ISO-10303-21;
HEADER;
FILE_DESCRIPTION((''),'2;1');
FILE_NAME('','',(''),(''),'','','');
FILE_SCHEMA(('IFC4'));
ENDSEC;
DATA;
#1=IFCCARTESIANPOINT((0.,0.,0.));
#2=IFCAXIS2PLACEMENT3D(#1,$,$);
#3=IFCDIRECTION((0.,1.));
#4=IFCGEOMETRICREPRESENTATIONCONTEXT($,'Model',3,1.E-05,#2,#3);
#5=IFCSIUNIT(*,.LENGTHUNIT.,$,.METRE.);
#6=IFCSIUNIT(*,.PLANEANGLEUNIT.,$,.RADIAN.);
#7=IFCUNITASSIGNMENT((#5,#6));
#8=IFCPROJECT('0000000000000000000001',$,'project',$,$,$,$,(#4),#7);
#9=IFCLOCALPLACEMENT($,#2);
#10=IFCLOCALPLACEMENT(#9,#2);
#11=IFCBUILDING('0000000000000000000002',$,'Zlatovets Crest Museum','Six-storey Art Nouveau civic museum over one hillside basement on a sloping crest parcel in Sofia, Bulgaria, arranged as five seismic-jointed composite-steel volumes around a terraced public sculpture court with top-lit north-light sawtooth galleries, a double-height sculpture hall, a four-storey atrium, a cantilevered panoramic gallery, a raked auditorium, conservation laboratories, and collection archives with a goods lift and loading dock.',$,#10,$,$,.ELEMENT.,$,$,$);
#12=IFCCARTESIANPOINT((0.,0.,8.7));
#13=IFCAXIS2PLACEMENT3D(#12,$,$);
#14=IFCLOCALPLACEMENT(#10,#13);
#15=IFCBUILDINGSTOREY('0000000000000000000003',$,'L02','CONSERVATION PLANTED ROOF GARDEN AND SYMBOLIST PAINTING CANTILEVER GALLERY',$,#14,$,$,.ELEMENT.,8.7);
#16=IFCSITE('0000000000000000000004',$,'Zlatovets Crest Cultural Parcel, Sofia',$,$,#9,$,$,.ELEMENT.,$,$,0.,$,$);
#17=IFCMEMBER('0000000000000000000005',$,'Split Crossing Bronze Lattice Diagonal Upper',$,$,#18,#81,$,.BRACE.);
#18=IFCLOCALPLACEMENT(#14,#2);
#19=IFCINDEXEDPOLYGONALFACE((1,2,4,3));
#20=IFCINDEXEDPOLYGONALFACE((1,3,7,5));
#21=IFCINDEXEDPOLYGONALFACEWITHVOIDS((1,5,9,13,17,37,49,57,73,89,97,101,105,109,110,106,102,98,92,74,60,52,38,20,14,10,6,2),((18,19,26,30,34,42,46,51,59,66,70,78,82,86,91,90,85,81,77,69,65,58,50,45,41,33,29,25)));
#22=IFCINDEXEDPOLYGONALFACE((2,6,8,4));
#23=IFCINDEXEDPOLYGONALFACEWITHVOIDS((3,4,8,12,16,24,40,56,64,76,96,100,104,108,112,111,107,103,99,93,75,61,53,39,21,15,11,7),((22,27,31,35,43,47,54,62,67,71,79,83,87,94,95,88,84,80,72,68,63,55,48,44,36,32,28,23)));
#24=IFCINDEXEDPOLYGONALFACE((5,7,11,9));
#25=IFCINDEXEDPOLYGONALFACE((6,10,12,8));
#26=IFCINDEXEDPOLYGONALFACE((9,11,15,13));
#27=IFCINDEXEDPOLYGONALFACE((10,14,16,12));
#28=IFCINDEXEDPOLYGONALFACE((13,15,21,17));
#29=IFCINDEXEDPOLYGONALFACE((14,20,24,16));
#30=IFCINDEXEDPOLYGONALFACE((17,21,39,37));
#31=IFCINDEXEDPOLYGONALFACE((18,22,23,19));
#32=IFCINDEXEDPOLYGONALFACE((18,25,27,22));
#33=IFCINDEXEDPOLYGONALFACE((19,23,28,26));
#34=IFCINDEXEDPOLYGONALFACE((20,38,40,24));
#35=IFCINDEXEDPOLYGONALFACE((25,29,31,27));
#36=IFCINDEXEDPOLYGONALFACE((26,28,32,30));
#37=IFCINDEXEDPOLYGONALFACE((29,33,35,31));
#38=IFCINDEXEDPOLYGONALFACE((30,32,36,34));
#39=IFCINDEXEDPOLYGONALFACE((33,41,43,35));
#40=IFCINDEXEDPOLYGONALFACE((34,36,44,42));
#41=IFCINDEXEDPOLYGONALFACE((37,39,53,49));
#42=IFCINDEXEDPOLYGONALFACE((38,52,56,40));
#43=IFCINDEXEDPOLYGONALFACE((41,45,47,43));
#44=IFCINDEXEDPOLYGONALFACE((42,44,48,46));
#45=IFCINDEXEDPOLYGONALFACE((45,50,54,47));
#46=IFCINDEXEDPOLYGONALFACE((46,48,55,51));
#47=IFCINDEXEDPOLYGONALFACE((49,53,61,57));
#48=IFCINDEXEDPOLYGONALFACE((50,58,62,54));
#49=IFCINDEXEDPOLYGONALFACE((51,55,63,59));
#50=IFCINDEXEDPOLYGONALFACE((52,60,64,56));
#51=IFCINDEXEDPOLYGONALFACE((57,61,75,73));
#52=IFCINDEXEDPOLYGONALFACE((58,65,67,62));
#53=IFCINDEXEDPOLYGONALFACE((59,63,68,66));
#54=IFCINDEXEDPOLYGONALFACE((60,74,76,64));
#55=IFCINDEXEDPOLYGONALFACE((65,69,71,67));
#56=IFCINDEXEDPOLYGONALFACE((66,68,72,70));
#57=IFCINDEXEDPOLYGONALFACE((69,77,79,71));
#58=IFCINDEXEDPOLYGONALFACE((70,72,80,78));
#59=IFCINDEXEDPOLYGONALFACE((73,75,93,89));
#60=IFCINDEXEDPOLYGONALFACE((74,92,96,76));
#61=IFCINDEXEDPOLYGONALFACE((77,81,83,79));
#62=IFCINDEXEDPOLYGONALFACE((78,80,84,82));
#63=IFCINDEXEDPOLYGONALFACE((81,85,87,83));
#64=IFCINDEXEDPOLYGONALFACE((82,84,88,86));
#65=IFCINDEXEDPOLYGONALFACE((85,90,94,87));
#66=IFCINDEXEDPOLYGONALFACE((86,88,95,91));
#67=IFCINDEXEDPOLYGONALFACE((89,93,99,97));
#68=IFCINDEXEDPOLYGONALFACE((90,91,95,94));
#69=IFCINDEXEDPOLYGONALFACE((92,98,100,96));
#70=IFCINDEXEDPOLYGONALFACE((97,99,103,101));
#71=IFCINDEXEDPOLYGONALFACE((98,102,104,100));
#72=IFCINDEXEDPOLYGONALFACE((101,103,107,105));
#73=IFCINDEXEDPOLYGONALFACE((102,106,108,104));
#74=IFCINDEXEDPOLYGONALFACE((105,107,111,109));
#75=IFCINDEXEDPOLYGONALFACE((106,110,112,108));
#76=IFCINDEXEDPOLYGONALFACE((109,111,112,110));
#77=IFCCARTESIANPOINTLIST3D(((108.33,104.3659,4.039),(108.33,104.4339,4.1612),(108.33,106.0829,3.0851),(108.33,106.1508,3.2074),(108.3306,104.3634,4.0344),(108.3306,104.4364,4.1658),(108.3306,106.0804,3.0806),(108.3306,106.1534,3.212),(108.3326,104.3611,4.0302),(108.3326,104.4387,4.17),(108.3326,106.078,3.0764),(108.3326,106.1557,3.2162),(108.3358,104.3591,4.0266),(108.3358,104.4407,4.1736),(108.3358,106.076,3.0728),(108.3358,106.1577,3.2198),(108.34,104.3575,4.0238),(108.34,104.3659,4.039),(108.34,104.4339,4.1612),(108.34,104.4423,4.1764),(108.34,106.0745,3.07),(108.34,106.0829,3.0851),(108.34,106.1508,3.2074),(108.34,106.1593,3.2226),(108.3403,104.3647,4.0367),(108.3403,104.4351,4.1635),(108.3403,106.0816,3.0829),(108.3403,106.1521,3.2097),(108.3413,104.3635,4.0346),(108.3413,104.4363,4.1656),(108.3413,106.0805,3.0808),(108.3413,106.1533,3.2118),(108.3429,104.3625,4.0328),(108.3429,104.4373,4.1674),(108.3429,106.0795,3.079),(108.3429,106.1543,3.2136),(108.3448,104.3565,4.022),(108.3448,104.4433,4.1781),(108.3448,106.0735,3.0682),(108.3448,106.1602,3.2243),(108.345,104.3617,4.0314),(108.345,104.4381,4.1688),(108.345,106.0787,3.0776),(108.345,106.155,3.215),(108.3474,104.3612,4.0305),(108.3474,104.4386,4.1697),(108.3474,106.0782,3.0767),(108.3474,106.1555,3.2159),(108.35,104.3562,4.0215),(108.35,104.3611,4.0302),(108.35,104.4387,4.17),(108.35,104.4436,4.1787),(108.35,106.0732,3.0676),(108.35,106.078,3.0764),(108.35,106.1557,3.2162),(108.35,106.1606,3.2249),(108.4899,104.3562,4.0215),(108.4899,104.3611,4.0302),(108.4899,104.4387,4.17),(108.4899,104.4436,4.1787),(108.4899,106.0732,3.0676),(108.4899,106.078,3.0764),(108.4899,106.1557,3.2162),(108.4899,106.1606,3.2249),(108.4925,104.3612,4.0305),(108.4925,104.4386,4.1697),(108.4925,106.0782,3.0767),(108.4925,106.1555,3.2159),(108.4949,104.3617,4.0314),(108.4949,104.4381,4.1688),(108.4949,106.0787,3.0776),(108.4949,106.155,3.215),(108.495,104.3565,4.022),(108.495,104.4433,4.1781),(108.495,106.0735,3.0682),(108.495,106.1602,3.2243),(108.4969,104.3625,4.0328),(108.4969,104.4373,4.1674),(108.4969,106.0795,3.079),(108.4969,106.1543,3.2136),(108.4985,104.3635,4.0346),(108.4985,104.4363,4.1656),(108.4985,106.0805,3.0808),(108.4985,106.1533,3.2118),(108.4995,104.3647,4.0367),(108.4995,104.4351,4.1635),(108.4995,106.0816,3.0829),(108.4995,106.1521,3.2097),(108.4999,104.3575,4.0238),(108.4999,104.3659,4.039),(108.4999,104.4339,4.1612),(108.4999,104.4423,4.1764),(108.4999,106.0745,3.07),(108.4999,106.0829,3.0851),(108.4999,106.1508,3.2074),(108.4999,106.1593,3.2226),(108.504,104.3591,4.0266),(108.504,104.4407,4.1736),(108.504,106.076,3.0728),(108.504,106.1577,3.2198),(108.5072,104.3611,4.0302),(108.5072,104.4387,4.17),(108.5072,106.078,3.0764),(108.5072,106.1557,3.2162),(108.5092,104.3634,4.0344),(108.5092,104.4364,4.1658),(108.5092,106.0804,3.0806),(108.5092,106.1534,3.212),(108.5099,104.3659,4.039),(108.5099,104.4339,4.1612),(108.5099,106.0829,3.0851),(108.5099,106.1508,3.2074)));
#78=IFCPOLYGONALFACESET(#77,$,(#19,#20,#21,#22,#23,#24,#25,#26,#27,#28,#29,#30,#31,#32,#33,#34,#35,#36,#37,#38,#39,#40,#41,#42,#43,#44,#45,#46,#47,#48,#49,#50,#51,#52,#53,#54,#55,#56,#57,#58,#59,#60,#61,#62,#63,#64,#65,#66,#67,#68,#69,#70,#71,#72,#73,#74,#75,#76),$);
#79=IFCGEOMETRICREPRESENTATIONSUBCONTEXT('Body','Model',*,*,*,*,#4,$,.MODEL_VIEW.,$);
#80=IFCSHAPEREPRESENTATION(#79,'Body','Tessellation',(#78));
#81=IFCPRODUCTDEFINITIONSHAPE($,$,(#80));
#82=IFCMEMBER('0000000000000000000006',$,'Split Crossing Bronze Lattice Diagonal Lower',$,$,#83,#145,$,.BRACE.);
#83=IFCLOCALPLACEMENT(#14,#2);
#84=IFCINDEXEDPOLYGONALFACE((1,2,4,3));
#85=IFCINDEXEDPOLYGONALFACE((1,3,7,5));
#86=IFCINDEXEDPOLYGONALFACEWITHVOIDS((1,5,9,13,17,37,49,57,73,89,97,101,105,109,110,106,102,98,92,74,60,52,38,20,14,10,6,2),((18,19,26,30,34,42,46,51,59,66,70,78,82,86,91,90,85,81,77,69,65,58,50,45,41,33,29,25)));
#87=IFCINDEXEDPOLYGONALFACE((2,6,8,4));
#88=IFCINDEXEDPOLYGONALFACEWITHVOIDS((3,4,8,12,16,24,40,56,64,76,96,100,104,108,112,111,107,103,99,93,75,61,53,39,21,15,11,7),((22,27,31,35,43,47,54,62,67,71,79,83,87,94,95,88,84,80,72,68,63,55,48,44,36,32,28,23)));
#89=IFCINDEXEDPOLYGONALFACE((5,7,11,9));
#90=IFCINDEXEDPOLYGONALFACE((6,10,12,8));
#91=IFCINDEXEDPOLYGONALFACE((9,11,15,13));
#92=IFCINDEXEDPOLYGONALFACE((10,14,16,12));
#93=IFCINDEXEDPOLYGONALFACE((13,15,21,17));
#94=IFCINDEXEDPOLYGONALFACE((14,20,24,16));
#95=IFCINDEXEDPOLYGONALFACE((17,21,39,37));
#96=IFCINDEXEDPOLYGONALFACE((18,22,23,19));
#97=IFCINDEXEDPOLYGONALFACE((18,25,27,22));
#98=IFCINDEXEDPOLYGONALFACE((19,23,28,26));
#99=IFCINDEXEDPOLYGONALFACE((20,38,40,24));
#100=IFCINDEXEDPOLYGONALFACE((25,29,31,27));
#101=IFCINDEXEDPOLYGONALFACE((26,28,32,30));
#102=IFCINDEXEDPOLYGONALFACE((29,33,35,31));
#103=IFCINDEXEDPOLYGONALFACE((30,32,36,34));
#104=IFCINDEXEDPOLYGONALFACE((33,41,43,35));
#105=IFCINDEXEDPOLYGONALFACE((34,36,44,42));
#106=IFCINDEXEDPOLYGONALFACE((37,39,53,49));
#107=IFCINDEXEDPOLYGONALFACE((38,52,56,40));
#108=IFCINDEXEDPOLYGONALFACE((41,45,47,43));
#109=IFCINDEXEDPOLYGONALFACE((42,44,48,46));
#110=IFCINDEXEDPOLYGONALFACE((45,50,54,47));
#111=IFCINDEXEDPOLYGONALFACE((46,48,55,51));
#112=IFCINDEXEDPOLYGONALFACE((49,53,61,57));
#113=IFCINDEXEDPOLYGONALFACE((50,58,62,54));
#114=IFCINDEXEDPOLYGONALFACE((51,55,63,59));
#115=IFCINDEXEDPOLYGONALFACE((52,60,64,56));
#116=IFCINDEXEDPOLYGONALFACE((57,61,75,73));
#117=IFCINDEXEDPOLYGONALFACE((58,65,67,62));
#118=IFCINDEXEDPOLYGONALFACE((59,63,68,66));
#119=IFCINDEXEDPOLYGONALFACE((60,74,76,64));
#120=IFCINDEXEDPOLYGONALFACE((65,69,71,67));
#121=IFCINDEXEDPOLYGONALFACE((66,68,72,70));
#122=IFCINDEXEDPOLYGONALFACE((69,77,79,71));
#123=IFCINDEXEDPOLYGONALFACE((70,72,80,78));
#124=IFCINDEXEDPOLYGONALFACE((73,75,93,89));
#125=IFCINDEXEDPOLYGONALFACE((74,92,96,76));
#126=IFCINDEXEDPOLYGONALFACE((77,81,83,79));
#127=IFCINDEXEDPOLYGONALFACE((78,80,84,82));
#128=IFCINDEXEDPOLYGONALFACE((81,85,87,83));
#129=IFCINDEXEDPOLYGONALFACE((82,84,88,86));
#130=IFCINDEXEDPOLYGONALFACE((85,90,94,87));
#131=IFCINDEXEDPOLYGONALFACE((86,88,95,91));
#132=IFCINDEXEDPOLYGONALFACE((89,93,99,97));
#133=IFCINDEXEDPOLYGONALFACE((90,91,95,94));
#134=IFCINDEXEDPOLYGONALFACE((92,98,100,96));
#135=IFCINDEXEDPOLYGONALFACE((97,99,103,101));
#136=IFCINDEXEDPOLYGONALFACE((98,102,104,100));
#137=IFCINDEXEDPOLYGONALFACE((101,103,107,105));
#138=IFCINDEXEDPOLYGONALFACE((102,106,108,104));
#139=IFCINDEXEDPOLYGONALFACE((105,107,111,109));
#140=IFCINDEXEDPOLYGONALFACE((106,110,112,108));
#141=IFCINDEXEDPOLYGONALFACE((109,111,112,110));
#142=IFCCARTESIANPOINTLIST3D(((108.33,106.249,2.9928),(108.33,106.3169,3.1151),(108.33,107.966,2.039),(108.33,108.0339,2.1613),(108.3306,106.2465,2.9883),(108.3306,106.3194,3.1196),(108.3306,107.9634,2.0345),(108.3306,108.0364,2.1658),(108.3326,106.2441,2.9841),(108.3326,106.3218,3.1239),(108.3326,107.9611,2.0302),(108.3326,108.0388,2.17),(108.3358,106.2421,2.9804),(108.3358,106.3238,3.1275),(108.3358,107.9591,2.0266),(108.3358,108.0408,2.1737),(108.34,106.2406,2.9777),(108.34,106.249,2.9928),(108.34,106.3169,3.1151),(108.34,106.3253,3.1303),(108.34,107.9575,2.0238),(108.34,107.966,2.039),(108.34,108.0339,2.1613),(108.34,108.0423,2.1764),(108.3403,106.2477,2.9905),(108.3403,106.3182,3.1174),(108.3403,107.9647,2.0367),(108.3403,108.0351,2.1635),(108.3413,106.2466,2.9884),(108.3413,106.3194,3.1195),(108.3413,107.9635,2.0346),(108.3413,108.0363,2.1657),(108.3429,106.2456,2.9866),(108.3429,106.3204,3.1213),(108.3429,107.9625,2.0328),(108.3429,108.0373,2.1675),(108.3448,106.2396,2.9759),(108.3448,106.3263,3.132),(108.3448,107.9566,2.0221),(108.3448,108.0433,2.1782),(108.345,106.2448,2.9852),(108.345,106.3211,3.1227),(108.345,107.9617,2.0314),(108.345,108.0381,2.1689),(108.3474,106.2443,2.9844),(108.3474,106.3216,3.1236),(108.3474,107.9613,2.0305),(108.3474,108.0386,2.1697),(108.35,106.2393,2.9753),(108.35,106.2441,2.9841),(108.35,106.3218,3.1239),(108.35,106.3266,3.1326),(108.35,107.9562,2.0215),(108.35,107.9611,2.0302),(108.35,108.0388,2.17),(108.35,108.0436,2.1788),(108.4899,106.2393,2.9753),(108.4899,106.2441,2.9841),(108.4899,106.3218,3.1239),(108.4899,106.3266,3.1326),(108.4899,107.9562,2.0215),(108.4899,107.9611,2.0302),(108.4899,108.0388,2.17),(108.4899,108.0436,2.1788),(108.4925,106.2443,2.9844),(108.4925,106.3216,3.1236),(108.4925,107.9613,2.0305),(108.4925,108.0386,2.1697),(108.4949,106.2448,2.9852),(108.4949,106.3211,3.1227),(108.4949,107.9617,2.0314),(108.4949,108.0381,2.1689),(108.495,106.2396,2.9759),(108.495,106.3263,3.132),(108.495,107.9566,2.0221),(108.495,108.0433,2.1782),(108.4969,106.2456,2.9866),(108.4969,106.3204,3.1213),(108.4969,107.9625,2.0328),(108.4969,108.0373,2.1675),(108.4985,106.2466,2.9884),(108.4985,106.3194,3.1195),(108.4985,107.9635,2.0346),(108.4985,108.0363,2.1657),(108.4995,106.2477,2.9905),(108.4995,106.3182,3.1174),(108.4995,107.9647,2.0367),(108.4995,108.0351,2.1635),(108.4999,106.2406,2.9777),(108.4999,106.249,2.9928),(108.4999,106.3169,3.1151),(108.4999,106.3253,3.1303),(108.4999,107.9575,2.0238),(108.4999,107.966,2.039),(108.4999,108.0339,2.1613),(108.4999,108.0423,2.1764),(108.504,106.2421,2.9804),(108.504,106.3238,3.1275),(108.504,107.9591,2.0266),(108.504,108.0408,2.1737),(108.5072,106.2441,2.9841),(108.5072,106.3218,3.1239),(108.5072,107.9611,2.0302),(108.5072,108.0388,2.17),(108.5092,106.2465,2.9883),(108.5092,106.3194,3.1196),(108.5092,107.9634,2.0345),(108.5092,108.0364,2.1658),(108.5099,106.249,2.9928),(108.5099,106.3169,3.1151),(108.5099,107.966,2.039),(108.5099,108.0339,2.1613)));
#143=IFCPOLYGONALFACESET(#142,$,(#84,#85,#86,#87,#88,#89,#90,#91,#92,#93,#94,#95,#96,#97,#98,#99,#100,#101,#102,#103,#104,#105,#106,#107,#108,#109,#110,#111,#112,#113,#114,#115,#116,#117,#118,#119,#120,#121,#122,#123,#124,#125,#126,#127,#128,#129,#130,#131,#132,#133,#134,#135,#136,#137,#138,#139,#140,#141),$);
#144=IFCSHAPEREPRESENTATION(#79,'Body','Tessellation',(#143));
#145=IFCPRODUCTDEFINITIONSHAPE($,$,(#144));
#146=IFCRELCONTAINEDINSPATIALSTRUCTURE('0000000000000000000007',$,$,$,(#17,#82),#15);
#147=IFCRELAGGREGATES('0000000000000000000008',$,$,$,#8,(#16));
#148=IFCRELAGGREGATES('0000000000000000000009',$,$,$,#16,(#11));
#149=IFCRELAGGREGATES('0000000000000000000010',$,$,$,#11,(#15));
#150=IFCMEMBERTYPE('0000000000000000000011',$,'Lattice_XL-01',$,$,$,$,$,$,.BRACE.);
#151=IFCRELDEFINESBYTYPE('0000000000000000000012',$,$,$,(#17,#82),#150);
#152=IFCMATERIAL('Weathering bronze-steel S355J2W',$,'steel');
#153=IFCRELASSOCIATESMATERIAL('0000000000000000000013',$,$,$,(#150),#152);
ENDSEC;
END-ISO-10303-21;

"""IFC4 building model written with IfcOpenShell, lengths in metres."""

from ifc_helpers import new_model, si_unit, direction, frame, origin, origin_2d, place, context, subcontext, project, spatial, hollow_rectangle, extrude, material, material_profile, profile_set, type_object, element, save


model = new_model("IFC4")

# Units and contexts
model_context = context("Model", 3, precision=1e-05, world=origin(), true_north=direction((0.0, 1.0)))
body_context = subcontext(model_context, "Body", "Model", "MODEL_VIEW")
ifc_project = project(units=[si_unit("LENGTHUNIT", "METRE"), si_unit("PLANEANGLEUNIT", "RADIAN")], contexts=[model_context])

# Site, building, storey
site_placement = place(None, origin())
site = spatial("IfcSite", under=ifc_project, at=site_placement, Name="Zlatovets Crest Cultural Parcel, Sofia", CompositionType="ELEMENT", RefElevation=0.0)
building_placement = place(site_placement, origin())
building = spatial("IfcBuilding", under=site, at=building_placement, Name="Zlatovets Crest Museum", Description="Six-storey Art Nouveau civic museum over one hillside basement on a sloping crest parcel in Sofia, Bulgaria, arranged as five seismic-jointed composite-steel volumes around a terraced public sculpture court with top-lit north-light sawtooth galleries, a double-height sculpture hall, a four-storey atrium, a cantilevered panoramic gallery, a raked auditorium, conservation laboratories, and collection archives with a goods lift and loading dock.", CompositionType="ELEMENT")
storey_placement = place(building_placement, frame((0.0, 0.0, 8.7)))
storey = spatial("IfcBuildingStorey", under=building, at=storey_placement, Name="L02", Description="CONSERVATION PLANTED ROOF GARDEN AND SYMBOLIST PAINTING CANTILEVER GALLERY", CompositionType="ELEMENT", Elevation=8.7)

# Members
ifc_material_1 = material(Name="Weathering bronze-steel S355J2W", Category="steel")
ifc_material_profile_1 = material_profile(ifc_material_1, hollow_rectangle(XDim=0.1799, YDim=0.1799, WallThickness=0.01, InnerFilletRadius=0.01, OuterFilletRadius=0.02, at=origin_2d()), Name="SHS 180x180x10.0")
ifc_profile_set_1 = profile_set([ifc_material_profile_1], Name="Weathering bronze-steel S355J2W")
member_type_1 = type_object("IfcMemberType", Name="Lattice_XL-01", PredefinedType="BRACE", material=ifc_profile_set_1)
for number, where, z_axis, x_axis, name in (
    (1, (108.4199, 104.3999, 4.1001), (0.0, 0.874169, -0.485622), (-1.0, 0.0, 0.0), "Split Crossing Bronze Lattice Diagonal Upper"),
    (2, (108.4199, 106.283, 3.054), (0.0, 0.874169, -0.485622), (-1.0, 0.0, 0.0), "Split Crossing Bronze Lattice Diagonal Lower"),
):
    element("IfcMember", number, at=place(storey_placement, frame(where, z_axis=z_axis, x_axis=x_axis)), inside=storey, type_object=member_type_1, Name=name, PredefinedType="BRACE", context=body_context, shape_type="SweptSolid", body=[
        extrude(hollow_rectangle(XDim=0.1799, YDim=0.1799, WallThickness=0.01, InnerFilletRadius=0.01, OuterFilletRadius=0.02, at=origin_2d()), origin(), (0.0, 0.0, 1.0), 1.9641),
    ])

save(model, "model.ifc")
